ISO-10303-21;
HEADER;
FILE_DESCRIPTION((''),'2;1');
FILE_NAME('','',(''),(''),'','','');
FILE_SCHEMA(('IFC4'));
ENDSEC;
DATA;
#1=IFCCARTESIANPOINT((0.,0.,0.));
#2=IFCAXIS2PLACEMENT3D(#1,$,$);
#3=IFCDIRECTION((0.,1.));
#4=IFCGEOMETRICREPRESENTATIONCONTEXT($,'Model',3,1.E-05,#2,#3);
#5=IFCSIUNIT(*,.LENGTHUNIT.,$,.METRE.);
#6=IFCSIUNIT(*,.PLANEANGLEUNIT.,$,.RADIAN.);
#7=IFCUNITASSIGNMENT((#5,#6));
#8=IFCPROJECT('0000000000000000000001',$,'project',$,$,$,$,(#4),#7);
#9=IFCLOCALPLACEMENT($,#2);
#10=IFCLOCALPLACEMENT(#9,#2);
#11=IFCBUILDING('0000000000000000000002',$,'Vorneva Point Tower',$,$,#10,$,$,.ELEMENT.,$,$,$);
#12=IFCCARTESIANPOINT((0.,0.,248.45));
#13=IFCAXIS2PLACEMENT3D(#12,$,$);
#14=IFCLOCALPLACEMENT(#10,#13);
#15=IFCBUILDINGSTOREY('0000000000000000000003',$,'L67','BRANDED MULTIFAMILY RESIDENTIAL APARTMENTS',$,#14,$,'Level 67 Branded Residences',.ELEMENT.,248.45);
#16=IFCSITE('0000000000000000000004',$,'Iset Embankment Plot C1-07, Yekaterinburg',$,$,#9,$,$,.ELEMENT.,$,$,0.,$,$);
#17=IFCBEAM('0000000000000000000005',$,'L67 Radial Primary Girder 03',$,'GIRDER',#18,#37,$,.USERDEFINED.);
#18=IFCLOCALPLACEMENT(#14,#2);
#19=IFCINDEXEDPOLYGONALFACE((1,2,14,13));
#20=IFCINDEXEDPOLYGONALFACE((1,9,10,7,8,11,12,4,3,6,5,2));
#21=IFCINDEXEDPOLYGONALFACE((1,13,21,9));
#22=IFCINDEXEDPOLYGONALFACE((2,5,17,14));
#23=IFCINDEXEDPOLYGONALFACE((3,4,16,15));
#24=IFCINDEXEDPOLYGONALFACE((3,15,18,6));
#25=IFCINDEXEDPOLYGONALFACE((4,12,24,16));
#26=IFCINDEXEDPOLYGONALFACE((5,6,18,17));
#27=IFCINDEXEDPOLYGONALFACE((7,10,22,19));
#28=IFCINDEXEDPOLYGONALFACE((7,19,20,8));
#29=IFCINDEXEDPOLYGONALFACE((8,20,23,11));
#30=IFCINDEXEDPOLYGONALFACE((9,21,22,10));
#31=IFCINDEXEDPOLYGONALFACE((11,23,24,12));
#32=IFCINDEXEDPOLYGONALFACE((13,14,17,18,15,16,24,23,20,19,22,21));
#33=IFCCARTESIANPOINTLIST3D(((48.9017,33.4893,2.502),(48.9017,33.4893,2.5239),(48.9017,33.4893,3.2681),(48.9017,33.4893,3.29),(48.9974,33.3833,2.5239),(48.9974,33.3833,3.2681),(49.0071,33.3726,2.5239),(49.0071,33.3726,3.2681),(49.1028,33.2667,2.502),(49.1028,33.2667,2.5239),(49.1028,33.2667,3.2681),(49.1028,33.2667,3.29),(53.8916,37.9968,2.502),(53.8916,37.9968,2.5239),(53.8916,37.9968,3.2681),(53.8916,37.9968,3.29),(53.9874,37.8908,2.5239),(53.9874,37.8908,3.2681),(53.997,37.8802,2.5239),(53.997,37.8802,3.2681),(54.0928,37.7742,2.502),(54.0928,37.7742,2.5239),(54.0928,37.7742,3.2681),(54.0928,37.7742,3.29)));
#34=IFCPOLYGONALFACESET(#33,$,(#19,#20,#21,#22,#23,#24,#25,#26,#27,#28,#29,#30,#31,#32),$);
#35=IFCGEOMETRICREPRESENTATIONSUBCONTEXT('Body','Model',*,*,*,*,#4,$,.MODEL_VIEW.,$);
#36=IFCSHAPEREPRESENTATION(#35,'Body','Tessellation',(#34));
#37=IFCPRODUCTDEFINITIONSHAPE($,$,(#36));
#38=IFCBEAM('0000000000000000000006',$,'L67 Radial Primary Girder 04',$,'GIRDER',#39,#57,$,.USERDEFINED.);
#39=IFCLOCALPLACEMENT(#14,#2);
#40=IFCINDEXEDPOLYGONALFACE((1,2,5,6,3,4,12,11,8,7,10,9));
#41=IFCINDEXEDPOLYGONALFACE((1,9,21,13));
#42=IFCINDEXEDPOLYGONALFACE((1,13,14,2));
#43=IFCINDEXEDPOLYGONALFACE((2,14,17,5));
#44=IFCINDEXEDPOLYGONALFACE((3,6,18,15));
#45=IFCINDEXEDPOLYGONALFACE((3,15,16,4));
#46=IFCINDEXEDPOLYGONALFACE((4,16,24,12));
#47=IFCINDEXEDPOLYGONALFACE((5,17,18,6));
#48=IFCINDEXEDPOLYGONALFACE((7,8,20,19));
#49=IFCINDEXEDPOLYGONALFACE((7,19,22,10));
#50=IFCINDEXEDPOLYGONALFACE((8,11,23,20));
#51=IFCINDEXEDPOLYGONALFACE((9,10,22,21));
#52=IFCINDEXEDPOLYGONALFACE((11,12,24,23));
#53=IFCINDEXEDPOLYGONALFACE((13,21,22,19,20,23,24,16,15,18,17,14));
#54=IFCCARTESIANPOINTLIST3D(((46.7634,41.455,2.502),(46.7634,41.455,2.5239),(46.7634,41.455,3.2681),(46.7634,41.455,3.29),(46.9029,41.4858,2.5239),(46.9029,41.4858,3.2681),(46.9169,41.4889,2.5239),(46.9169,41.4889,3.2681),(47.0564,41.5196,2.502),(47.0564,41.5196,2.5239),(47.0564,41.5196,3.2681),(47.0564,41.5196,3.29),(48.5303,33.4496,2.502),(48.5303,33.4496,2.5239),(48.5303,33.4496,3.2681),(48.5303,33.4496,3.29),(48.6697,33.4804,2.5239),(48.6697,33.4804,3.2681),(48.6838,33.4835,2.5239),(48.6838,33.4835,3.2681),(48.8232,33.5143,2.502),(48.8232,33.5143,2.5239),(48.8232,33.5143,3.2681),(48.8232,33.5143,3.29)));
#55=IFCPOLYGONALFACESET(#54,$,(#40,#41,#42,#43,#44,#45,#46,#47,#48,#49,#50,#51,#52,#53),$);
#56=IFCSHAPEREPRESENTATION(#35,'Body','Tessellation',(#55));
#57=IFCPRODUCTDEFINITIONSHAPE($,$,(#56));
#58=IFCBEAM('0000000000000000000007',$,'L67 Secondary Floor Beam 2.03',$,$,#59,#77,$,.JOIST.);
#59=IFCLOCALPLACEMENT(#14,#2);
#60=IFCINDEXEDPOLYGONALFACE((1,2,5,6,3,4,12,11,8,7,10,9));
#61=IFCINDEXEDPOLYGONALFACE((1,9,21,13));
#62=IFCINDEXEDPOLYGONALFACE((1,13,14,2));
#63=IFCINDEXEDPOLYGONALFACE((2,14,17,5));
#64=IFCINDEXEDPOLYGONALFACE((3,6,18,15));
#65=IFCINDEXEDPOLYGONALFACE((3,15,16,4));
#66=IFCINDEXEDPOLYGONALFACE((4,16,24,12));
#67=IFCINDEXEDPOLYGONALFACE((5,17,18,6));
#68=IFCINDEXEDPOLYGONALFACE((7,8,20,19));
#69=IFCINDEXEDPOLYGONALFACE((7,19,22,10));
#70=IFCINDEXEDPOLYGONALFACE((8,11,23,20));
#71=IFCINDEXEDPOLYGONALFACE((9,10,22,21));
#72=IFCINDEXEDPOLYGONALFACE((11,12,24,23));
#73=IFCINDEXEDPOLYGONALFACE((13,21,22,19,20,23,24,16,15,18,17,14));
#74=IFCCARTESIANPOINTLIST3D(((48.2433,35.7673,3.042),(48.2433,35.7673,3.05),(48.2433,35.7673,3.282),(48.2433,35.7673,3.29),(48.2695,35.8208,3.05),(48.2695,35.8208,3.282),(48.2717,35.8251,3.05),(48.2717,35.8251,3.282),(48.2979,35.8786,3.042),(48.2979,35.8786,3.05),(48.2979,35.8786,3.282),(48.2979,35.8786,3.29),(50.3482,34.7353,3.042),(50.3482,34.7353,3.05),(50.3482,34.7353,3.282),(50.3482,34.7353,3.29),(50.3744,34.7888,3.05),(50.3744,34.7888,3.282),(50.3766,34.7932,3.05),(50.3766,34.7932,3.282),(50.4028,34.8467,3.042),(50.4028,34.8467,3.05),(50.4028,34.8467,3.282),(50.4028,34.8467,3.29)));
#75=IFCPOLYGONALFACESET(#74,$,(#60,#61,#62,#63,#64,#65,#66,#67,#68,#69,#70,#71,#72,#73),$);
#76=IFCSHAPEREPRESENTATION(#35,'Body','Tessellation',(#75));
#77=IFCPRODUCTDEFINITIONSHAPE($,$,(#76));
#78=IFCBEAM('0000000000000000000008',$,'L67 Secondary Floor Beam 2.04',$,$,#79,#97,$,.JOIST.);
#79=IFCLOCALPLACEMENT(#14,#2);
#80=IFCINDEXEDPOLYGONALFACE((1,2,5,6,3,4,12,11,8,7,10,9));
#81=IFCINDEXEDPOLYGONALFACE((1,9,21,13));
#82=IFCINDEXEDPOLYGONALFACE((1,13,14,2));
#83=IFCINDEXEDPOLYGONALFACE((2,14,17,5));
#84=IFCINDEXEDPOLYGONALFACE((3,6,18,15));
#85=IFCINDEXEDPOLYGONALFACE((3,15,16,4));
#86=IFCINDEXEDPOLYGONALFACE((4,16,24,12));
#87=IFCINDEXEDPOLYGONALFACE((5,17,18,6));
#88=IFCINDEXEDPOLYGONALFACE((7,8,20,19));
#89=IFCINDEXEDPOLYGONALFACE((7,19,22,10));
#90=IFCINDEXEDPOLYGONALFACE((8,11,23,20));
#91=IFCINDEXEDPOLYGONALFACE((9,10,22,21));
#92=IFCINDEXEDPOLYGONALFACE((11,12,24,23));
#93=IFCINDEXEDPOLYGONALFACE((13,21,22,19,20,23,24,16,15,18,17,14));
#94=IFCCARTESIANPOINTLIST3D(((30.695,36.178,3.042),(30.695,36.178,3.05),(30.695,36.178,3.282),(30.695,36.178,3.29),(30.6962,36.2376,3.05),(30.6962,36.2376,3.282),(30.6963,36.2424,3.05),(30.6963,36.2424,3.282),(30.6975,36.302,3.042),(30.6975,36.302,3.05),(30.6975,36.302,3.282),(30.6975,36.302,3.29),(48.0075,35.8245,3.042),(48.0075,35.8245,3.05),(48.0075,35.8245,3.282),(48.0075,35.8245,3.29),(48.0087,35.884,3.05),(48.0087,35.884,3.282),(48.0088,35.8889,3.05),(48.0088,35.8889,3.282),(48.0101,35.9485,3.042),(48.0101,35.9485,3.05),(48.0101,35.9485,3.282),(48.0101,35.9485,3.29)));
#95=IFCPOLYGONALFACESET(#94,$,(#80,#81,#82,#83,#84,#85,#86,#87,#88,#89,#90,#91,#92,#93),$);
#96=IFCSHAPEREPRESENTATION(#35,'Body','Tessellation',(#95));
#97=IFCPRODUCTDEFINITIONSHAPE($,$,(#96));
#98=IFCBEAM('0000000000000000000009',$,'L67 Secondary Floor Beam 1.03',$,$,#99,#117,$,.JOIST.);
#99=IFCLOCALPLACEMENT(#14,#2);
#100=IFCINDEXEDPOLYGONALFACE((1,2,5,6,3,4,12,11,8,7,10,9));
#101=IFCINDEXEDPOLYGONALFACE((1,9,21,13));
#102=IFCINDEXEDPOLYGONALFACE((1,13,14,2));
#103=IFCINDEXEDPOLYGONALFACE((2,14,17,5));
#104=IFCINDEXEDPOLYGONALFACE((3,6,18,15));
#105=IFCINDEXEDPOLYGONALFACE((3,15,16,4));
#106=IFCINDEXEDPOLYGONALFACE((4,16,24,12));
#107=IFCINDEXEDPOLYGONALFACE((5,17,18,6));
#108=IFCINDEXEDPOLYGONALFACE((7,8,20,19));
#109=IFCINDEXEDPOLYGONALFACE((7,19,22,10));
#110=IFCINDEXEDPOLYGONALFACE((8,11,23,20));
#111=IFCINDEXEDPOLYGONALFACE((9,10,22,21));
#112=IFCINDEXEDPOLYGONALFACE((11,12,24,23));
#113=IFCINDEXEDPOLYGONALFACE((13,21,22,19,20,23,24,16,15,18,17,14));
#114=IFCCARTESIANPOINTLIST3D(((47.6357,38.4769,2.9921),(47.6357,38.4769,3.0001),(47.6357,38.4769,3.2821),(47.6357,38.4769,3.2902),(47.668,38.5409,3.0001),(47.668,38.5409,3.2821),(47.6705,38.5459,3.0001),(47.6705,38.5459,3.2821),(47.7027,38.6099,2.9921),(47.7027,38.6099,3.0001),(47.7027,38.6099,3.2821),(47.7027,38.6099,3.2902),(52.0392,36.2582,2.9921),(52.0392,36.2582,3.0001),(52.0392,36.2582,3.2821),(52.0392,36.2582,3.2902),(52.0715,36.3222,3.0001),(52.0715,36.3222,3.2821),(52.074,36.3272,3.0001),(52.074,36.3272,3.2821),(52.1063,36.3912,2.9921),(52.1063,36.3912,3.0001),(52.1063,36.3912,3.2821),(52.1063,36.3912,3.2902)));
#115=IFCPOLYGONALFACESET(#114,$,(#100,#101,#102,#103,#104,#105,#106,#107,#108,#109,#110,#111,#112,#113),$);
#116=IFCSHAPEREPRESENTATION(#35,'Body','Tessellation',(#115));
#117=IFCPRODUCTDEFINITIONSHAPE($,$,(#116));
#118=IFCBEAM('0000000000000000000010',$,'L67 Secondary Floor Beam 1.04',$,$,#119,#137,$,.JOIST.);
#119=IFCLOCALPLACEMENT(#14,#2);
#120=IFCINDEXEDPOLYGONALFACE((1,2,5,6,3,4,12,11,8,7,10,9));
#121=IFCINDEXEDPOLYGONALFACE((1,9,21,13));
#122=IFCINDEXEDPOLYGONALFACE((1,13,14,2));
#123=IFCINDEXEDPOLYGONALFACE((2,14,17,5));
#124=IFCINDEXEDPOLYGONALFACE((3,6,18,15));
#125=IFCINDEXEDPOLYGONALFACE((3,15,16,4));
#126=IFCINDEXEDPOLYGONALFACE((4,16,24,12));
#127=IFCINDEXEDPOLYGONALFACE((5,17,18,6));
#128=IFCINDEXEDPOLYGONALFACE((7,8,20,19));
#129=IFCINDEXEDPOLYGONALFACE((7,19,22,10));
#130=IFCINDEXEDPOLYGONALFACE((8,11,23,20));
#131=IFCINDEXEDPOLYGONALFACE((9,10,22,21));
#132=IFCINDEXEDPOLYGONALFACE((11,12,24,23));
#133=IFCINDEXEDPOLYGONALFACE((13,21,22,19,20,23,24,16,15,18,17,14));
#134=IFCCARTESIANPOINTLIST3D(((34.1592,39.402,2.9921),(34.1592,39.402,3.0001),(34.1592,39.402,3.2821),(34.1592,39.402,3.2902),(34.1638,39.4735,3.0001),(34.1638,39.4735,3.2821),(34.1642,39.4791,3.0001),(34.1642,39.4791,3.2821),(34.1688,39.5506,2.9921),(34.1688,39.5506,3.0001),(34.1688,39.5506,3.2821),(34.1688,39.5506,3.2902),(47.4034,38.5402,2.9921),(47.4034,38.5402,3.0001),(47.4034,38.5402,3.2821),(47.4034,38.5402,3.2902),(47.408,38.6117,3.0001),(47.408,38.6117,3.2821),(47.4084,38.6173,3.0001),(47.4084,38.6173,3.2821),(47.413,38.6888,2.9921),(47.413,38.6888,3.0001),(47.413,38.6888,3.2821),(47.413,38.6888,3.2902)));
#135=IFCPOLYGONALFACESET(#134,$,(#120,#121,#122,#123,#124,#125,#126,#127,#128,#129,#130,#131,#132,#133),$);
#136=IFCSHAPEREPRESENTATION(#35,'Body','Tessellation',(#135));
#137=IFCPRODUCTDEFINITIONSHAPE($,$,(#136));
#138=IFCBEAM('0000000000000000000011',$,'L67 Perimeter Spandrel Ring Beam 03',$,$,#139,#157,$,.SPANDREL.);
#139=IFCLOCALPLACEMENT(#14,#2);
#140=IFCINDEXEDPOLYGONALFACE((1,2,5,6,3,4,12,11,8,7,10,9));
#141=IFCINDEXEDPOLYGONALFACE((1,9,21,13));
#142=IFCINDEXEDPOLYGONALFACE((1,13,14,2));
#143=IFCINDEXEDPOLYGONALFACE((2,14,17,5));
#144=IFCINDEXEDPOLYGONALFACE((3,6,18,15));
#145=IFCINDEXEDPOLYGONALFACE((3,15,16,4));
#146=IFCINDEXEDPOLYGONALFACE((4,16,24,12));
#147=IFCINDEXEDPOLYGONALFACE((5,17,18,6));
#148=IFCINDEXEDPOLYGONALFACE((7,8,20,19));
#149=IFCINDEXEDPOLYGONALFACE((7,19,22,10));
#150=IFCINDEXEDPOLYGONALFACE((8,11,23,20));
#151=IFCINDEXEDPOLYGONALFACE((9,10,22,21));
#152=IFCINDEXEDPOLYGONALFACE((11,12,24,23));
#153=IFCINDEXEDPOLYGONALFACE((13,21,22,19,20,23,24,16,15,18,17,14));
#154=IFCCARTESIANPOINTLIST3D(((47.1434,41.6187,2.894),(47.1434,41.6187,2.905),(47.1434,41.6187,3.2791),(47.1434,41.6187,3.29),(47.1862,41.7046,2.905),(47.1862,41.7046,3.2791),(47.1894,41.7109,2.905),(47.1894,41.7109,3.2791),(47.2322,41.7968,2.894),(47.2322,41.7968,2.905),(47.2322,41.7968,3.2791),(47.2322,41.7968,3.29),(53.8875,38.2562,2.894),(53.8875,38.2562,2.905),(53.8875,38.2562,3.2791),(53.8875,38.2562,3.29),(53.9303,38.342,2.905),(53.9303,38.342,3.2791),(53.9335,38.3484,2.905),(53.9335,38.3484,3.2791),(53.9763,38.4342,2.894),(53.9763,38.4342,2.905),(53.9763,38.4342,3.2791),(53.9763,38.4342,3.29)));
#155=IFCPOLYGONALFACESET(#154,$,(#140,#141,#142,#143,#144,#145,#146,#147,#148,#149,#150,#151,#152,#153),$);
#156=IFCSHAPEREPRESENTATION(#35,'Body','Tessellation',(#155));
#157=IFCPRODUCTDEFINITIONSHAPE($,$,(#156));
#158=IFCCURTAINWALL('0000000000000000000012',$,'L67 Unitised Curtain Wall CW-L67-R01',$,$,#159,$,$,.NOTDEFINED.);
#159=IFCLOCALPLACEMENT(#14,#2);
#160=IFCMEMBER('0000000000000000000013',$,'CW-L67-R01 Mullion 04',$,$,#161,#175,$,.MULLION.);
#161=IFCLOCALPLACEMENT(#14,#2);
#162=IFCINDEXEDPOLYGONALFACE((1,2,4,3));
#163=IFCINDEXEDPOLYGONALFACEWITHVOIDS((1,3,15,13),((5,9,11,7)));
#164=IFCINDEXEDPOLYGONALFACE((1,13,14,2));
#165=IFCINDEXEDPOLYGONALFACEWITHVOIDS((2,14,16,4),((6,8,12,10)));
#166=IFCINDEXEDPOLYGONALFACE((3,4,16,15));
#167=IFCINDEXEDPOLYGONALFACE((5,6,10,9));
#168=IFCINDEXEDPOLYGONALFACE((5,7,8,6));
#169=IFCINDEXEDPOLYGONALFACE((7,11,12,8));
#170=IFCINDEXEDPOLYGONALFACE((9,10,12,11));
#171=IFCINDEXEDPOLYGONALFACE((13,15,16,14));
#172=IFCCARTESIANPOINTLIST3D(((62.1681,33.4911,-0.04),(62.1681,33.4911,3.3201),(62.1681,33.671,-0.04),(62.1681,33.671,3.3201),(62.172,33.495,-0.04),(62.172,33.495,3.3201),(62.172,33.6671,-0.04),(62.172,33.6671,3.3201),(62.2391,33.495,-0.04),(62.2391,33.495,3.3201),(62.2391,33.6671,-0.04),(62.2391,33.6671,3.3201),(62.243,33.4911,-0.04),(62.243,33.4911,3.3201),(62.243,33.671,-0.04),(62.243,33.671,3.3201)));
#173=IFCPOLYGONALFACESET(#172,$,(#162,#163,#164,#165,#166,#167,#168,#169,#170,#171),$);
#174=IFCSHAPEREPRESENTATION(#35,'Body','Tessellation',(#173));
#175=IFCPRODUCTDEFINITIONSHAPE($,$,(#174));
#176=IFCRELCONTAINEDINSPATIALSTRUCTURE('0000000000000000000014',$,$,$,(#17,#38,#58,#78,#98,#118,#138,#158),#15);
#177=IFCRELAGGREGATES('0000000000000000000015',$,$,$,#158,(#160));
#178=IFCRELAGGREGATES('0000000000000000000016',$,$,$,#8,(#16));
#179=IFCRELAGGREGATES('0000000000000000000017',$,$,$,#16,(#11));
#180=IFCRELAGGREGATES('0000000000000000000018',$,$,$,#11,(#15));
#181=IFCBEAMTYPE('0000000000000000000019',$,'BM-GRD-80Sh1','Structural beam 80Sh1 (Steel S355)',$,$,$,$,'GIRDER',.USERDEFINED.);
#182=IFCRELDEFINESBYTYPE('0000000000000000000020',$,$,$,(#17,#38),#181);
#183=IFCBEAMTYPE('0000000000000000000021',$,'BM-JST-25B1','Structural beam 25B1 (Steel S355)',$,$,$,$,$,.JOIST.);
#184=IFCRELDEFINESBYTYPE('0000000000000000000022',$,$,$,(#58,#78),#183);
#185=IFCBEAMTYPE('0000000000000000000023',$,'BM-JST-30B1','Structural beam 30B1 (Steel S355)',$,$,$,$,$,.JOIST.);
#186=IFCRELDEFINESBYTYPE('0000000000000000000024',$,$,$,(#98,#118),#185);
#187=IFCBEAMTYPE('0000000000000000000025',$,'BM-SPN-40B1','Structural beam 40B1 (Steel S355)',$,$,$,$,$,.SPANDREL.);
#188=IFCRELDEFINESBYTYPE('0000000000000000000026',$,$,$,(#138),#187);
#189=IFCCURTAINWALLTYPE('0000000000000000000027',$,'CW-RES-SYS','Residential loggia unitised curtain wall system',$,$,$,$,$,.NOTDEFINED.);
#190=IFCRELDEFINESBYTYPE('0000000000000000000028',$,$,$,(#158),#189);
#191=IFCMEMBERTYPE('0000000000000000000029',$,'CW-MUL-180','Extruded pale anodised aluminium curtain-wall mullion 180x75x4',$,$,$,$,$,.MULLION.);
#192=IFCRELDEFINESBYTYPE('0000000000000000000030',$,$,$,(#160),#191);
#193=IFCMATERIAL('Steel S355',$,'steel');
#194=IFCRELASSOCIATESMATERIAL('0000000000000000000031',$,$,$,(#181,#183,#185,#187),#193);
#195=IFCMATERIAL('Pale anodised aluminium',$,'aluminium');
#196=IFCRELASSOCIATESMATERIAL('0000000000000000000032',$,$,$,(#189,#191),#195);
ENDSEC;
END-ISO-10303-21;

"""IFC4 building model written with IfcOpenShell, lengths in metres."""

from ifc_helpers import new_model, si_unit, direction, frame, origin, origin_2d, place, context, subcontext, project, spatial, hollow_rectangle, i_section, extrude, material, material_profile, profile_set, type_object, element, aggregate, save


model = new_model("IFC4")

# Units and contexts
model_context = context("Model", 3, precision=1e-05, world=origin(), true_north=direction((0.0, 1.0)))
body_context = subcontext(model_context, "Body", "Model", "MODEL_VIEW")
ifc_project = project(units=[si_unit("LENGTHUNIT", "METRE"), si_unit("PLANEANGLEUNIT", "RADIAN")], contexts=[model_context])

# Site, building, storey
site_placement = place(None, origin())
site = spatial("IfcSite", under=ifc_project, at=site_placement, Name="Iset Embankment Plot C1-07, Yekaterinburg", CompositionType="ELEMENT", RefElevation=0.0)
building_placement = place(site_placement, origin())
building = spatial("IfcBuilding", under=site, at=building_placement, Name="Vorneva Point Tower", CompositionType="ELEMENT")
storey_placement = place(building_placement, frame((0.0, 0.0, 248.45)))
storey = spatial("IfcBuildingStorey", under=building, at=storey_placement, Name="L67", Description="BRANDED MULTIFAMILY RESIDENTIAL APARTMENTS", LongName="Level 67 Branded Residences", CompositionType="ELEMENT", Elevation=248.45)

# Beams
ifc_material_1 = material(Name="Steel S355", Category="steel")
ifc_material_profile_1 = material_profile(ifc_material_1, i_section(OverallWidth=0.3, OverallDepth=0.7881, WebThickness=0.0144, FlangeThickness=0.022, at=origin_2d()), Name="80Sh1")
ifc_profile_set_1 = profile_set([ifc_material_profile_1], Name="Steel S355")
beam_type_1 = type_object("IfcBeamType", Name="BM-GRD-80Sh1", Description="Structural beam 80Sh1 (Steel S355)", ElementType="GIRDER", PredefinedType="USERDEFINED", material=ifc_profile_set_1)
beam_1_placement = place(storey_placement, frame((53.9922, 37.8855, 2.896), z_axis=(-0.742067, -0.670326, 0.0), x_axis=(0.670326, -0.742067, 0.0)))
element("IfcBeam", 1, at=beam_1_placement, inside=storey, type_object=beam_type_1, Name="L67 Radial Primary Girder 03", ObjectType="GIRDER", PredefinedType="USERDEFINED", context=body_context, shape_type="SweptSolid", body=[
    extrude(i_section(OverallWidth=0.3, OverallDepth=0.7881, WebThickness=0.0144, FlangeThickness=0.022, at=origin_2d()), origin(), (0.0, 0.0, 1.0), 6.7244),
])
beam_2_placement = place(storey_placement, frame((46.9099, 41.4873, 2.896), z_axis=(0.215521, -0.976499, 0.0), x_axis=(0.976499, 0.215521, 0.0)))
element("IfcBeam", 2, at=beam_2_placement, inside=storey, type_object=beam_type_1, Name="L67 Radial Primary Girder 04", ObjectType="GIRDER", PredefinedType="USERDEFINED", context=body_context, shape_type="SweptSolid", body=[
    extrude(i_section(OverallWidth=0.3, OverallDepth=0.7881, WebThickness=0.0144, FlangeThickness=0.022, at=origin_2d()), origin(), (0.0, 0.0, 1.0), 8.198),
])
ifc_material_profile_2 = material_profile(ifc_material_1, i_section(OverallWidth=0.124, OverallDepth=0.248, WebThickness=0.0049, FlangeThickness=0.0081, at=origin_2d()), Name="25B1")
ifc_profile_set_2 = profile_set([ifc_material_profile_2], Name="Steel S355")
beam_type_2 = type_object("IfcBeamType", Name="BM-JST-25B1", Description="Structural beam 25B1 (Steel S355)", PredefinedType="JOIST", material=ifc_profile_set_2)
beam_3_placement = place(storey_placement, frame((50.3755, 34.791, 3.166), z_axis=(-0.897899, 0.440202, 0.0), x_axis=(-0.440202, -0.897899, 0.0)))
element("IfcBeam", 3, at=beam_3_placement, inside=storey, type_object=beam_type_2, Name="L67 Secondary Floor Beam 2.03", PredefinedType="JOIST", context=body_context, shape_type="SweptSolid", body=[
    extrude(i_section(OverallWidth=0.124, OverallDepth=0.248, WebThickness=0.0049, FlangeThickness=0.0081, at=origin_2d()), origin(), (0.0, 0.0, 1.0), 2.3442),
])
beam_4_placement = place(storey_placement, frame((48.0088, 35.8865, 3.166), z_axis=(-0.999792, 0.020415, 0.0), x_axis=(-0.020415, -0.999792, 0.0)))
element("IfcBeam", 4, at=beam_4_placement, inside=storey, type_object=beam_type_2, Name="L67 Secondary Floor Beam 2.04", PredefinedType="JOIST", context=body_context, shape_type="SweptSolid", body=[
    extrude(i_section(OverallWidth=0.124, OverallDepth=0.248, WebThickness=0.0049, FlangeThickness=0.0081, at=origin_2d()), origin(), (0.0, 0.0, 1.0), 17.3162),
])
ifc_material_profile_3 = material_profile(ifc_material_1, i_section(OverallWidth=0.1489, OverallDepth=0.2981, WebThickness=0.0056, FlangeThickness=0.0081, at=origin_2d()), Name="30B1")
ifc_profile_set_3 = profile_set([ifc_material_profile_3], Name="Steel S355")
beam_type_3 = type_object("IfcBeamType", Name="BM-JST-30B1", Description="Structural beam 30B1 (Steel S355)", PredefinedType="JOIST", material=ifc_profile_set_3)
beam_5_placement = place(storey_placement, frame((52.0728, 36.3247, 3.1411), z_axis=(-0.893047, 0.449964, 0.0), x_axis=(-0.449964, -0.893047, 0.0)))
element("IfcBeam", 5, at=beam_5_placement, inside=storey, type_object=beam_type_3, Name="L67 Secondary Floor Beam 1.03", PredefinedType="JOIST", context=body_context, shape_type="SweptSolid", body=[
    extrude(i_section(OverallWidth=0.1489, OverallDepth=0.2981, WebThickness=0.0056, FlangeThickness=0.0081, at=origin_2d()), origin(), (0.0, 0.0, 1.0), 4.9309),
])
beam_6_placement = place(storey_placement, frame((47.4082, 38.6145, 3.1411), z_axis=(-0.99789, 0.064934, 0.0), x_axis=(-0.064934, -0.99789, 0.0)))
element("IfcBeam", 6, at=beam_6_placement, inside=storey, type_object=beam_type_3, Name="L67 Secondary Floor Beam 1.04", PredefinedType="JOIST", context=body_context, shape_type="SweptSolid", body=[
    extrude(i_section(OverallWidth=0.1489, OverallDepth=0.2981, WebThickness=0.0056, FlangeThickness=0.0081, at=origin_2d()), origin(), (0.0, 0.0, 1.0), 13.2722),
])
ifc_material_profile_4 = material_profile(ifc_material_1, i_section(OverallWidth=0.199, OverallDepth=0.396, WebThickness=0.0071, FlangeThickness=0.011, at=origin_2d()), Name="40B1")
ifc_profile_set_4 = profile_set([ifc_material_profile_4], Name="Steel S355")
beam_type_4 = type_object("IfcBeamType", Name="BM-SPN-40B1", Description="Structural beam 40B1 (Steel S355)", PredefinedType="SPANDREL", material=ifc_profile_set_4)
beam_7_placement = place(storey_placement, frame((53.9319, 38.3452, 3.092), z_axis=(-0.894932, 0.446203, 0.0), x_axis=(-0.446203, -0.894932, 0.0)))
element("IfcBeam", 7, at=beam_7_placement, inside=storey, type_object=beam_type_4, Name="L67 Perimeter Spandrel Ring Beam 03", PredefinedType="SPANDREL", context=body_context, shape_type="SweptSolid", body=[
    extrude(i_section(OverallWidth=0.199, OverallDepth=0.396, WebThickness=0.0071, FlangeThickness=0.011, at=origin_2d()), origin(), (0.0, 0.0, 1.0), 7.5359),
])

# Curtain wall, member
ifc_material_2 = material(Name="Pale anodised aluminium", Category="aluminium")
curtain_wall_type = type_object("IfcCurtainWallType", Name="CW-RES-SYS", Description="Residential loggia unitised curtain wall system", PredefinedType="NOTDEFINED", material=ifc_material_2)
curtain_wall_1_placement = place(storey_placement, origin())
curtain_wall_1 = element("IfcCurtainWall", 8, at=curtain_wall_1_placement, inside=storey, type_object=curtain_wall_type, Name="L67 Unitised Curtain Wall CW-L67-R01", PredefinedType="NOTDEFINED")
ifc_material_profile_5 = material_profile(ifc_material_2, hollow_rectangle(XDim=0.075, YDim=0.1799, WallThickness=0.0039, at=origin_2d()), Name="AL-MUL 180x75x4")
ifc_profile_set_5 = profile_set([ifc_material_profile_5], Name="Pale anodised aluminium")
member_type_1 = type_object("IfcMemberType", Name="CW-MUL-180", Description="Extruded pale anodised aluminium curtain-wall mullion 180x75x4", PredefinedType="MULLION", material=ifc_profile_set_5)
member_1_placement = place(storey_placement, frame((62.2056, 33.5811, -0.04), z_axis=(0.0, 0.0, 1.0), x_axis=(1.0, 0.0, 0.0)))
member_1 = element("IfcMember", 9, at=member_1_placement, type_object=member_type_1, Name="CW-L67-R01 Mullion 04", PredefinedType="MULLION", context=body_context, shape_type="SweptSolid", body=[
    extrude(hollow_rectangle(XDim=0.075, YDim=0.1799, WallThickness=0.0039, at=origin_2d()), origin(), (0.0, 0.0, 1.0), 3.3601),
])
aggregate(curtain_wall_1, [member_1])

save(model, "model.ifc")
